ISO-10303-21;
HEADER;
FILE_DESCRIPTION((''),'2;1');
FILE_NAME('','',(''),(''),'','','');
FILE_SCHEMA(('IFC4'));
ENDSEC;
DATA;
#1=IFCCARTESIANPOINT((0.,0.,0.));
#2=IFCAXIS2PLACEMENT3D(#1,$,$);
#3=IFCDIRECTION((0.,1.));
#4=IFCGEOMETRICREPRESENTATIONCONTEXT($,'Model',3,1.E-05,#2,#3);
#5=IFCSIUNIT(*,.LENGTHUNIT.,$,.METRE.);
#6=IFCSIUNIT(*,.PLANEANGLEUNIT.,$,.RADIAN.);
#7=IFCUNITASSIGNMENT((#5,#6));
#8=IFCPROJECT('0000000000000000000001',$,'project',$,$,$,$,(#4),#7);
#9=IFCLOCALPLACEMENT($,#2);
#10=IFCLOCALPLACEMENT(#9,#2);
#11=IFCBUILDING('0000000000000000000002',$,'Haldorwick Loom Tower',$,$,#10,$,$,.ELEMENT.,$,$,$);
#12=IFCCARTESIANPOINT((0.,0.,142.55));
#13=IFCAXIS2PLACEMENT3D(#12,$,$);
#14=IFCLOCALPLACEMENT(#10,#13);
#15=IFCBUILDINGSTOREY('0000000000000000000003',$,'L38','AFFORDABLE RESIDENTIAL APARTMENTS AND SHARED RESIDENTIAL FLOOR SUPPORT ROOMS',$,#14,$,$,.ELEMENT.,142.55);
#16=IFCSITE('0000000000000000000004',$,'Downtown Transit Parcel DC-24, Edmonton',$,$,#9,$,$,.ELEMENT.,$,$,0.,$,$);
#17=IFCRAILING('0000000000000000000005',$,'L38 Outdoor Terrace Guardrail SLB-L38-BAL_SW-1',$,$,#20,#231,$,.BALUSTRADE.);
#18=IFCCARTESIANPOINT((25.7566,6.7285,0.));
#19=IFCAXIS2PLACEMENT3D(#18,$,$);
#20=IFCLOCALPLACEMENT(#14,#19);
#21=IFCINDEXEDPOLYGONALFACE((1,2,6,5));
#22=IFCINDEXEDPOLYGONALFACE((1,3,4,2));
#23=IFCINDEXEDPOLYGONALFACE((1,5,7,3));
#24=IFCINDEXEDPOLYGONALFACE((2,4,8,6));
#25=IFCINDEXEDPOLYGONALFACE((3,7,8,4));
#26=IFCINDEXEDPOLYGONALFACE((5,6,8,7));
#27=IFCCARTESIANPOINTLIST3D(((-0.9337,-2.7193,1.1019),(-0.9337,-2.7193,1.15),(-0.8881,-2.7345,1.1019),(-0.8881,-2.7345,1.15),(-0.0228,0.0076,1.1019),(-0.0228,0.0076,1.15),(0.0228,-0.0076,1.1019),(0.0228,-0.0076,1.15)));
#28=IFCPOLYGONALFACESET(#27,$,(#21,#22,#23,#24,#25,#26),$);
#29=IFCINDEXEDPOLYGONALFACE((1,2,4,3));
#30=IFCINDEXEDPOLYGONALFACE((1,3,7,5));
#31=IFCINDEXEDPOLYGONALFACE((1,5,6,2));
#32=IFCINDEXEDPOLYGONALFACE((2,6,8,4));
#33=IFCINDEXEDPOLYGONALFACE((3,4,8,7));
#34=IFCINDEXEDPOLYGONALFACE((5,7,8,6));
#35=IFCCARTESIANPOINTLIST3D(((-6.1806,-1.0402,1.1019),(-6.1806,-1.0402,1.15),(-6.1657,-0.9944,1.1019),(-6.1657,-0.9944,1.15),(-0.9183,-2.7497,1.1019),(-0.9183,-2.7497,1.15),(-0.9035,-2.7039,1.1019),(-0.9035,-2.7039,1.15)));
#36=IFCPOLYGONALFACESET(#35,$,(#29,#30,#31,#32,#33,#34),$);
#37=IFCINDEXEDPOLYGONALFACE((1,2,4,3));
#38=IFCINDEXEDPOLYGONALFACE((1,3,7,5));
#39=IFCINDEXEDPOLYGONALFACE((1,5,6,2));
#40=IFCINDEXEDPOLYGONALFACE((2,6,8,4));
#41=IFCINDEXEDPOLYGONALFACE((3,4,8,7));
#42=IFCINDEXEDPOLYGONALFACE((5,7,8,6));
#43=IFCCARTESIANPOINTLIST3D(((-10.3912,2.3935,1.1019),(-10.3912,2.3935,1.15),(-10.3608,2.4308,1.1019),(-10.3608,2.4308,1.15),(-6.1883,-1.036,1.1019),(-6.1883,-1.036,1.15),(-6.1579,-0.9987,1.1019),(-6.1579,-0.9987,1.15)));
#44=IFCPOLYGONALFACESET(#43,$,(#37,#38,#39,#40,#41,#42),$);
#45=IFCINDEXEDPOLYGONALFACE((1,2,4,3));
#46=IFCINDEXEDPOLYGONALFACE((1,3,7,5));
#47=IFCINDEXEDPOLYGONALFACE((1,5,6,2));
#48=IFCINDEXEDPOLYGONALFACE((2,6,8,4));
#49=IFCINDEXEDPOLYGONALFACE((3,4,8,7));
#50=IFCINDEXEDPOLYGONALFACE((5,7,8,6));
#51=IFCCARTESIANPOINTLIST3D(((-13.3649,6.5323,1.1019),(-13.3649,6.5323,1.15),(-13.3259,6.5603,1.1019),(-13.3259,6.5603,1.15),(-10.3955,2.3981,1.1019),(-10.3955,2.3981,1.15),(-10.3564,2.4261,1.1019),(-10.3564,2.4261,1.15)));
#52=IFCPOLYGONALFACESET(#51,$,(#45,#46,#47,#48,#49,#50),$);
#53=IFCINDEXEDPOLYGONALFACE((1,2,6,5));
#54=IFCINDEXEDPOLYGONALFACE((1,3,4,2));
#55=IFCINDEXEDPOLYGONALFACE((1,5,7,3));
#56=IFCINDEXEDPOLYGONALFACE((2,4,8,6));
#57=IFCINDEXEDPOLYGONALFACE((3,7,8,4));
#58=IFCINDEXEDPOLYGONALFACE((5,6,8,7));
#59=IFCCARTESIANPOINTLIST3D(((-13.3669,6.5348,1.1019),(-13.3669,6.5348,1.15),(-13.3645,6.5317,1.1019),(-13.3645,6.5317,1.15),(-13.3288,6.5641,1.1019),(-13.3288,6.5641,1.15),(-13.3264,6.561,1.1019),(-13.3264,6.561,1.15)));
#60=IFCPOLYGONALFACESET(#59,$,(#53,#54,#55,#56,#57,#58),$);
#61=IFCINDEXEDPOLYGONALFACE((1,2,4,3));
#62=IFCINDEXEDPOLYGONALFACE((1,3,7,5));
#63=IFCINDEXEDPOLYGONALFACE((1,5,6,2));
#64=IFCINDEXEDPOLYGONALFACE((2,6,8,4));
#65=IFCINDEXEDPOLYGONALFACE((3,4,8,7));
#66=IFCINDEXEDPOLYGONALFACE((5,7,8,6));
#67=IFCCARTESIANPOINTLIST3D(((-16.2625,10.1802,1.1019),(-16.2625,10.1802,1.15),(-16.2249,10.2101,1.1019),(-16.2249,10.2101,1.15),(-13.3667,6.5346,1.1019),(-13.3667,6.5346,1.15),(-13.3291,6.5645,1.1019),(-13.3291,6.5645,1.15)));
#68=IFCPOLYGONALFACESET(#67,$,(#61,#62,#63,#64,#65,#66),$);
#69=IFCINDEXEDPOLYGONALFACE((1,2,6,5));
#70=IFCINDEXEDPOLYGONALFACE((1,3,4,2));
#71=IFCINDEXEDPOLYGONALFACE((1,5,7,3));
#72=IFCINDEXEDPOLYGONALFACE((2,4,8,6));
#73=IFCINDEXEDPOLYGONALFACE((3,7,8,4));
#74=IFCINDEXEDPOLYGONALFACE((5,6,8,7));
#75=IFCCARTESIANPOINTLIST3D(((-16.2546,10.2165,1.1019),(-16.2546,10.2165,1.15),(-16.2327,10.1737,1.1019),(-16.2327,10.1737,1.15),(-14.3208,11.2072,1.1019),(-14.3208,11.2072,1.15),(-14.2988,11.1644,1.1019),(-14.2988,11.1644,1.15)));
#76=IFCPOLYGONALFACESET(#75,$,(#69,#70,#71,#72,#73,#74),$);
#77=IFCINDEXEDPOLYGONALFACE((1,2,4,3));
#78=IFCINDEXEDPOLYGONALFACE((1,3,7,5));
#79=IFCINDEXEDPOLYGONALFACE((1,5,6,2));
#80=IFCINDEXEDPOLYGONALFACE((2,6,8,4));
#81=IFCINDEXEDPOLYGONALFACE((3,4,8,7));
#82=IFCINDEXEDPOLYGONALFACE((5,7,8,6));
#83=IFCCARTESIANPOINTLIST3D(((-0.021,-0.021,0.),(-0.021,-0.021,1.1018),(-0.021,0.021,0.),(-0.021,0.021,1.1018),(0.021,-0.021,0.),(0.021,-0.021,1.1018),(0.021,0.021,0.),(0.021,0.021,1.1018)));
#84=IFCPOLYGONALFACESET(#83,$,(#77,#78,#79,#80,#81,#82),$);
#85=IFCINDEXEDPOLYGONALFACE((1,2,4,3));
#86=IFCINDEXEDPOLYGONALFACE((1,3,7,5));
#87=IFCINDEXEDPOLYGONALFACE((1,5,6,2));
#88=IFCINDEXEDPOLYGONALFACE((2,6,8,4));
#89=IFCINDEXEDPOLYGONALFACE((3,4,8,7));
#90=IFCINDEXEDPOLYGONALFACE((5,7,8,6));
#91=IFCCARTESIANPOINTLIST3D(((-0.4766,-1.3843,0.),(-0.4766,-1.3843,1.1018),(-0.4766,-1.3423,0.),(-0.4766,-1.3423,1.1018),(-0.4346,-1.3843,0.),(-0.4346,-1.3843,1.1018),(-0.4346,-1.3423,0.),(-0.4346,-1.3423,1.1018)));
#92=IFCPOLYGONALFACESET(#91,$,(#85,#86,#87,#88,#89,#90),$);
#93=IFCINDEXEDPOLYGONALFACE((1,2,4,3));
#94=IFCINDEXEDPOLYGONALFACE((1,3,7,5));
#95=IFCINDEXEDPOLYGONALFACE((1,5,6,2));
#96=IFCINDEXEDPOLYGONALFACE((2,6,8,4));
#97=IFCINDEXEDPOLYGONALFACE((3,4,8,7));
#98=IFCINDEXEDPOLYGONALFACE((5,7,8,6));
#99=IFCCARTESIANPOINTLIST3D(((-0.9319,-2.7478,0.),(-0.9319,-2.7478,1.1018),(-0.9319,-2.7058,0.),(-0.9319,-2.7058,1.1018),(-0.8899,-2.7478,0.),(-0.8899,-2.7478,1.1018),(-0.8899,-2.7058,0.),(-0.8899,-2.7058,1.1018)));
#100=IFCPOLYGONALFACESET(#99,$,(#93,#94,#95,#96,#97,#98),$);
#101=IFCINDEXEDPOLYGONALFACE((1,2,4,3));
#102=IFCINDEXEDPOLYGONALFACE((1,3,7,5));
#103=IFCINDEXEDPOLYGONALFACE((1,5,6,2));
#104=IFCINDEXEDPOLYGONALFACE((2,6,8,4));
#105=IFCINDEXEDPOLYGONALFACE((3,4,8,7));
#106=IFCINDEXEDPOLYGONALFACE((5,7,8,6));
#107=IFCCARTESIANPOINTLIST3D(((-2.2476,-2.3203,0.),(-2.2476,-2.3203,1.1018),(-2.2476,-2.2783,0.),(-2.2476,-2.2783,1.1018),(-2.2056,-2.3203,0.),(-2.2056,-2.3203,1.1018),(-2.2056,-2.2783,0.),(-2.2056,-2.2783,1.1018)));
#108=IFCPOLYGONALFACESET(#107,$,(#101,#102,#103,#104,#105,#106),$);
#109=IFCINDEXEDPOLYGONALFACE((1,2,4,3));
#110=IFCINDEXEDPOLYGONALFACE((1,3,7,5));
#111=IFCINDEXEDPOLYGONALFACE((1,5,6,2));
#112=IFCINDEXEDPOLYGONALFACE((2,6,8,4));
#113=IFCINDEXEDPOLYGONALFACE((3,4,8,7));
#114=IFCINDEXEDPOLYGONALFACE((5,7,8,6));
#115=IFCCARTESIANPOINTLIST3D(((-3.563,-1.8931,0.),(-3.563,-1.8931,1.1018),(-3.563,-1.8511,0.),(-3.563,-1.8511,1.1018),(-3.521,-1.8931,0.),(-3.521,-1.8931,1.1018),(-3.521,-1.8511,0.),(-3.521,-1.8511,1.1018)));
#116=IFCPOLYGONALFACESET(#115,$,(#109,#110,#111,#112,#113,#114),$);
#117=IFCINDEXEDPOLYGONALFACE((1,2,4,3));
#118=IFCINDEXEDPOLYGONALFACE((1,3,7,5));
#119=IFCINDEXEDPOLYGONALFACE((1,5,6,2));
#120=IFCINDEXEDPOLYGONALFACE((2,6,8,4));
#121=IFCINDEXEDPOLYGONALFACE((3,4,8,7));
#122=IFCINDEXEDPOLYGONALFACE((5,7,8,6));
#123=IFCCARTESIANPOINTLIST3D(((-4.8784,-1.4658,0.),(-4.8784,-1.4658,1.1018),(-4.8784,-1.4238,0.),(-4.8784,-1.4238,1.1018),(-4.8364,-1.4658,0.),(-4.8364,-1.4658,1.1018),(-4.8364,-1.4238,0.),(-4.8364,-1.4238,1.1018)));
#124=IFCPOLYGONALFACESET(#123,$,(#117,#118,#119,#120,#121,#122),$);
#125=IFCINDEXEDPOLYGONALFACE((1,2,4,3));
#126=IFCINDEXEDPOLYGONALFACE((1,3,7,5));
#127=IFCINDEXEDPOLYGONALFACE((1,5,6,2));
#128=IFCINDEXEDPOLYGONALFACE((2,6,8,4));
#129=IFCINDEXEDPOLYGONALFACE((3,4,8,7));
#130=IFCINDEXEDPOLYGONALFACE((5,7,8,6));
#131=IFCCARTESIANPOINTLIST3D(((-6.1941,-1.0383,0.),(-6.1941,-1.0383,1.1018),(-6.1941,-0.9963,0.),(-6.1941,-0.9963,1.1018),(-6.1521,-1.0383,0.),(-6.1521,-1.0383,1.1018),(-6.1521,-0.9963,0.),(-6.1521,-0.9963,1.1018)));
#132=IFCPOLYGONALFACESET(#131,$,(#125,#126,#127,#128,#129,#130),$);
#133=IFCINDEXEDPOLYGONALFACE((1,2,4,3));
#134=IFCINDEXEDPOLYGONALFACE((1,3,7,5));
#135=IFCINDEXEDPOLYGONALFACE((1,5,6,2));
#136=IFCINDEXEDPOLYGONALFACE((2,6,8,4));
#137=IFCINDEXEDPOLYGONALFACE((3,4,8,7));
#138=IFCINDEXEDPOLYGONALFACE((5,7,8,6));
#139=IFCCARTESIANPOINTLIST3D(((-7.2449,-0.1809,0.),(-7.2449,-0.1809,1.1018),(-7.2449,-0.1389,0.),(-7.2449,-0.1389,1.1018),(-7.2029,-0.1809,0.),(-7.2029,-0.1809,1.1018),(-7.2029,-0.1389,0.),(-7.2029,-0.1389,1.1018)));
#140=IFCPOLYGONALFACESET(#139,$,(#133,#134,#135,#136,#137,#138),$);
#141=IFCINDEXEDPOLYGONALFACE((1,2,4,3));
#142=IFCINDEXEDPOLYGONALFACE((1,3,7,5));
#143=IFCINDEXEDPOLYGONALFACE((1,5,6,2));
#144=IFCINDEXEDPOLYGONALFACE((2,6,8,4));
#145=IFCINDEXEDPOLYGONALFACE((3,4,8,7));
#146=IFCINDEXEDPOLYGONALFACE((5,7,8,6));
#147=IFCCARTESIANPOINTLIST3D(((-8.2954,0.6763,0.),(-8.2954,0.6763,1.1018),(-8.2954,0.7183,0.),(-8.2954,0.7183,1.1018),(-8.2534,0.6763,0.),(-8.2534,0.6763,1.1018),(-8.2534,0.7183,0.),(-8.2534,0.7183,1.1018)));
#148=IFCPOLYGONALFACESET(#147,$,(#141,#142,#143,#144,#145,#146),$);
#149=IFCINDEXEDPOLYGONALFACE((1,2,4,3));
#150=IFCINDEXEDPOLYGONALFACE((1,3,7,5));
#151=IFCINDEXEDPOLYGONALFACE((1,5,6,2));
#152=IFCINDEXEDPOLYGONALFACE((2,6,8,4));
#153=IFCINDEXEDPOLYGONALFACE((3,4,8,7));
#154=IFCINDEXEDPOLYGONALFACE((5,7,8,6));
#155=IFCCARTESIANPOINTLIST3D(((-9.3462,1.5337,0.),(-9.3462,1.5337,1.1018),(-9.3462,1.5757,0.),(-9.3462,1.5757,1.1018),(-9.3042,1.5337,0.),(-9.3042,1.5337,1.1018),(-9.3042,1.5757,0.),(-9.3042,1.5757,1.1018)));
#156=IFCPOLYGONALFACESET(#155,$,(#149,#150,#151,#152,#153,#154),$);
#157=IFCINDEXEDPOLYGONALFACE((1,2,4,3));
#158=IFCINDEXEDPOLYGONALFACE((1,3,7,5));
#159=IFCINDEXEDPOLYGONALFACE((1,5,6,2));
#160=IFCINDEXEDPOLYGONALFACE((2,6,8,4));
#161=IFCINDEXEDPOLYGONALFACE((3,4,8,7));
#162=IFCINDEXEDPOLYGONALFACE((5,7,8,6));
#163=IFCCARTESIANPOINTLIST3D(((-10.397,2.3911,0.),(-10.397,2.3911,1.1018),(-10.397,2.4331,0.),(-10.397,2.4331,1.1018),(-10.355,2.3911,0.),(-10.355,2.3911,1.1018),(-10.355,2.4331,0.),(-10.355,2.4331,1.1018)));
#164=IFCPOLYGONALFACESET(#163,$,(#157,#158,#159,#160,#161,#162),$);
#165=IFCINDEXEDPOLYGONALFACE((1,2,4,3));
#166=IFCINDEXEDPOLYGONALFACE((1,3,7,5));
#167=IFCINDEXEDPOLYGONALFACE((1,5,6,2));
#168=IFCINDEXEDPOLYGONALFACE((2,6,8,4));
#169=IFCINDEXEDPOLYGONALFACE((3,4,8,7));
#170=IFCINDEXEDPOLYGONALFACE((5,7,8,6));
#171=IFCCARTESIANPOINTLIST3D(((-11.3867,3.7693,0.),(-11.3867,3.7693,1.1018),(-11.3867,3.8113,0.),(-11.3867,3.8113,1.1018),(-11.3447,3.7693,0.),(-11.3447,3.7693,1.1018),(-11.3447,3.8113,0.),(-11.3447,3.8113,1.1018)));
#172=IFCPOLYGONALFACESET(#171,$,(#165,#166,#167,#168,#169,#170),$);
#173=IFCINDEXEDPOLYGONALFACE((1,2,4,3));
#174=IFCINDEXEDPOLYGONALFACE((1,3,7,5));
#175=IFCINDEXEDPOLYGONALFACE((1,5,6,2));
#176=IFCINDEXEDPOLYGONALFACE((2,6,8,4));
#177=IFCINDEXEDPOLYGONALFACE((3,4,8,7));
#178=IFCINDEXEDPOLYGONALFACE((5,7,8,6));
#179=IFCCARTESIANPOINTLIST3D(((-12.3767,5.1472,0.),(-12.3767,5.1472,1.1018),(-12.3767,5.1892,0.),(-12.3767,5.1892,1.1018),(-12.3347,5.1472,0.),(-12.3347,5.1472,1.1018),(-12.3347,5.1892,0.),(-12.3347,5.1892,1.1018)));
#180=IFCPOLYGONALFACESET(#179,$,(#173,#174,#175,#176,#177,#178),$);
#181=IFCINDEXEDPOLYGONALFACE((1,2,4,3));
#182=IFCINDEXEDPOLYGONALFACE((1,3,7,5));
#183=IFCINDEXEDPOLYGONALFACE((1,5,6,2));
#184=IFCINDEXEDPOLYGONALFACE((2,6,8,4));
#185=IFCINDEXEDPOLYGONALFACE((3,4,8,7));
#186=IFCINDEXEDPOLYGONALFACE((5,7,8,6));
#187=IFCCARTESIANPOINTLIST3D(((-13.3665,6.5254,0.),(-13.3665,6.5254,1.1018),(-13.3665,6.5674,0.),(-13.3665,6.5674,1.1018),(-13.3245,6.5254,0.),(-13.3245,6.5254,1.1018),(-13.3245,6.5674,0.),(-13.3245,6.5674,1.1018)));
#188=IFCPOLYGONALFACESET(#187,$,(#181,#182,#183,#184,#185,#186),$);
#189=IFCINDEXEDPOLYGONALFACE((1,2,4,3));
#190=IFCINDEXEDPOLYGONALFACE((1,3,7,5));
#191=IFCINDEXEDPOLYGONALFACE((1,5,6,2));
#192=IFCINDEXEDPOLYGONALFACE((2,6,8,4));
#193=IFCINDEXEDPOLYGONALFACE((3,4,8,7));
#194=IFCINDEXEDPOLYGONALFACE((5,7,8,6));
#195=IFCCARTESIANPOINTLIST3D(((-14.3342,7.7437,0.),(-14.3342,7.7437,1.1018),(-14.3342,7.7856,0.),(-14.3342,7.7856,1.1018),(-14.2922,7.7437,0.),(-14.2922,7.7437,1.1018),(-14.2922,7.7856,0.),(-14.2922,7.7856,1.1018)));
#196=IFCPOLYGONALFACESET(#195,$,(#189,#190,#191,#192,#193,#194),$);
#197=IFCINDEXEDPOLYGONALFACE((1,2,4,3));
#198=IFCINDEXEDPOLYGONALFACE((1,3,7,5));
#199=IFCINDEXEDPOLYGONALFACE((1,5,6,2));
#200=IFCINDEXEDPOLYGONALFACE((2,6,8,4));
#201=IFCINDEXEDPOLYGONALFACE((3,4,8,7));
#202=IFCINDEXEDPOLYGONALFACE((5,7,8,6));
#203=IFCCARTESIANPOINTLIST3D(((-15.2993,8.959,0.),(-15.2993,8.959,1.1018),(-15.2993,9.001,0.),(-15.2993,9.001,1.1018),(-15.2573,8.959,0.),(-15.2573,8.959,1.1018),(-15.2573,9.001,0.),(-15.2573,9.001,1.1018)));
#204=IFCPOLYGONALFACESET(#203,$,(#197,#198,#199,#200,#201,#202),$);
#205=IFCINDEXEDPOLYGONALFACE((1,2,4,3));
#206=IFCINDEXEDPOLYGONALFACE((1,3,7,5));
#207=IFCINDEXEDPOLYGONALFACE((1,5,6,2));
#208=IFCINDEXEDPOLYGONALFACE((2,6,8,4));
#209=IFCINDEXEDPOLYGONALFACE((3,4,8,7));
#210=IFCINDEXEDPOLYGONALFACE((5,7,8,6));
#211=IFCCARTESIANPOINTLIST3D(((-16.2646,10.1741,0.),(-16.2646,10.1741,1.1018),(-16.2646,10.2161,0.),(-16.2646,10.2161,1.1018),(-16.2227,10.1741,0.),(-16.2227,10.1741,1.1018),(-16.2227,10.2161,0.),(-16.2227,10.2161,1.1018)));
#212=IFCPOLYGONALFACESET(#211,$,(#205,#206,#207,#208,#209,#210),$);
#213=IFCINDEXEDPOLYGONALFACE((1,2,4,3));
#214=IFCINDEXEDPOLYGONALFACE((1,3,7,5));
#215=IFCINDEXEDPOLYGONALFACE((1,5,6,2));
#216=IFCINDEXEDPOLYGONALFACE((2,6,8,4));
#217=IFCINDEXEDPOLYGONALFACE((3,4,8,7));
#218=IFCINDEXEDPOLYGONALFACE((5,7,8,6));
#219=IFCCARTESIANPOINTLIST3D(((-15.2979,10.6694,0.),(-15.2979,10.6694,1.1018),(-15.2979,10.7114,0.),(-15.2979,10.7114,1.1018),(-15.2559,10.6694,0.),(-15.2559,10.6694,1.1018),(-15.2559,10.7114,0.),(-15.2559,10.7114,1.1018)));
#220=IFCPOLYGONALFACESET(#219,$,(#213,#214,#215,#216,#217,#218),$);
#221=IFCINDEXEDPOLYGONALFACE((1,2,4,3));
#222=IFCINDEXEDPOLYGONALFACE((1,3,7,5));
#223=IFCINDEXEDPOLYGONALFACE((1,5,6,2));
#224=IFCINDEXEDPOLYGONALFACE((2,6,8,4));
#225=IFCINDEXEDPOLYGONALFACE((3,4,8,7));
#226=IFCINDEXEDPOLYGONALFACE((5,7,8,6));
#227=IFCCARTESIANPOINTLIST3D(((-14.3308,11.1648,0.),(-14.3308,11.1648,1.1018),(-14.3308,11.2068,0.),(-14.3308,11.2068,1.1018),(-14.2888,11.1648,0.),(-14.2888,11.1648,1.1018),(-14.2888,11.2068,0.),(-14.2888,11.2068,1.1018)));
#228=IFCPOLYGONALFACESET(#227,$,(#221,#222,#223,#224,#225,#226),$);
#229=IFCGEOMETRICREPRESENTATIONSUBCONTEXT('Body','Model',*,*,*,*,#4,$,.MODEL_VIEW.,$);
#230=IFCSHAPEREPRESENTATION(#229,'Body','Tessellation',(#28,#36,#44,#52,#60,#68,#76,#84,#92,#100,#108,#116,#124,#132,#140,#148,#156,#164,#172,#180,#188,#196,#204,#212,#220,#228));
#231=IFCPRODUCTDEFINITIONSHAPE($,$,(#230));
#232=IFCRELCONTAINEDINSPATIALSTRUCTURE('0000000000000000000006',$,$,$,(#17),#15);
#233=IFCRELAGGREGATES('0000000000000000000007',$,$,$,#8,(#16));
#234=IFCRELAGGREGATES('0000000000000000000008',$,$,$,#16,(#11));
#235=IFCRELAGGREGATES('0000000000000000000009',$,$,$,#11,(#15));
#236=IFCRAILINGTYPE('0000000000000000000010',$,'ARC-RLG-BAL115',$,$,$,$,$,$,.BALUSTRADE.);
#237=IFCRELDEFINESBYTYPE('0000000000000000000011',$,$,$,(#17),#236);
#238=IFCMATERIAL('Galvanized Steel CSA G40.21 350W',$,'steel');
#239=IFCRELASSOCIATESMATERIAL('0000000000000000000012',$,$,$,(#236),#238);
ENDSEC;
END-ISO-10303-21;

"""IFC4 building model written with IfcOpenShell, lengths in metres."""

from ifc_helpers import new_model, si_unit, direction, frame, origin, origin_2d, place, context, subcontext, project, spatial, rectangle, extrude, material, type_object, element, save


model = new_model("IFC4")

# Units and contexts
model_context = context("Model", 3, precision=1e-05, world=origin(), true_north=direction((0.0, 1.0)))
body_context = subcontext(model_context, "Body", "Model", "MODEL_VIEW")
ifc_project = project(units=[si_unit("LENGTHUNIT", "METRE"), si_unit("PLANEANGLEUNIT", "RADIAN")], contexts=[model_context])

# Site, building, storey
site_placement = place(None, origin())
site = spatial("IfcSite", under=ifc_project, at=site_placement, Name="Downtown Transit Parcel DC-24, Edmonton", CompositionType="ELEMENT", RefElevation=0.0)
building_placement = place(site_placement, origin())
building = spatial("IfcBuilding", under=site, at=building_placement, Name="Haldorwick Loom Tower", CompositionType="ELEMENT")
storey_placement = place(building_placement, frame((0.0, 0.0, 142.55)))
storey = spatial("IfcBuildingStorey", under=building, at=storey_placement, Name="L38", Description="AFFORDABLE RESIDENTIAL APARTMENTS AND SHARED RESIDENTIAL FLOOR SUPPORT ROOMS", CompositionType="ELEMENT", Elevation=142.55)

# Railing
ifc_material_1 = material(Name="Galvanized Steel CSA G40.21 350W", Category="steel")
railing_type = type_object("IfcRailingType", Name="ARC-RLG-BAL115", PredefinedType="BALUSTRADE", material=ifc_material_1)
railing_placement = place(storey_placement, frame((25.7566, 6.7285, 0.0)))
element("IfcRailing", 1, at=railing_placement, inside=storey, type_object=railing_type, Name="L38 Outdoor Terrace Guardrail SLB-L38-BAL_SW-1", PredefinedType="BALUSTRADE", context=body_context, shape_type="SweptSolid", body=[
    extrude(rectangle(XDim=0.0481, YDim=0.0481, at=origin_2d()), frame((0.0, 0.0, 1.126), z_axis=(-0.316839, -0.948479, 0.0), x_axis=(0.948479, -0.316839, 0.0)), (0.0, 0.0, 1.0), 2.875),
    extrude(rectangle(XDim=0.0481, YDim=0.0481, at=origin_2d()), frame((-0.9109, -2.7268, 1.126), z_axis=(-0.951074, 0.308964, 0.0), x_axis=(-0.308964, -0.951074, 0.0)), (0.0, 0.0, 1.0), 5.533),
    extrude(rectangle(XDim=0.0481, YDim=0.0481, at=origin_2d()), frame((-6.1731, -1.0173, 1.126), z_axis=(-0.774795, 0.632213, 0.0), x_axis=(-0.632213, -0.774795, 0.0)), (0.0, 0.0, 1.0), 5.4246),
    extrude(rectangle(XDim=0.0481, YDim=0.0481, at=origin_2d()), frame((-10.376, 2.4121, 1.126), z_axis=(-0.583373, 0.812204, 0.0), x_axis=(-0.812204, -0.583373, 0.0)), (0.0, 0.0, 1.0), 5.0901),
    extrude(rectangle(XDim=0.0481, YDim=0.0481, at=origin_2d()), frame((-13.3455, 6.5464, 1.126), z_axis=(-0.609711, 0.792624, 0.0), x_axis=(-0.792624, -0.609711, 0.0)), (0.0, 0.0, 1.0), 0.0039),
    extrude(rectangle(XDim=0.0481, YDim=0.0481, at=origin_2d()), frame((-13.3479, 6.5496, 1.126), z_axis=(-0.621986, 0.783028, 0.0), x_axis=(-0.783028, -0.621986, 0.0)), (0.0, 0.0, 1.0), 4.6558),
    extrude(rectangle(XDim=0.0481, YDim=0.0481, at=origin_2d()), frame((-16.2437, 10.1951, 1.126), z_axis=(0.890002, 0.455956, 0.0), x_axis=(-0.455956, 0.890002, 0.0)), (0.0, 0.0, 1.0), 2.1729),
    extrude(rectangle(XDim=0.042, YDim=0.042, at=origin_2d()), origin(), (0.0, 0.0, 1.0), 1.1018),
    extrude(rectangle(XDim=0.042, YDim=0.042, at=origin_2d()), frame((-0.4556, -1.3633, 0.0)), (0.0, 0.0, 1.0), 1.1018),
    extrude(rectangle(XDim=0.042, YDim=0.042, at=origin_2d()), frame((-0.9109, -2.7268, 0.0)), (0.0, 0.0, 1.0), 1.1018),
    extrude(rectangle(XDim=0.042, YDim=0.042, at=origin_2d()), frame((-2.2266, -2.2993, 0.0)), (0.0, 0.0, 1.0), 1.1018),
    extrude(rectangle(XDim=0.042, YDim=0.042, at=origin_2d()), frame((-3.542, -1.8721, 0.0)), (0.0, 0.0, 1.0), 1.1018),
    extrude(rectangle(XDim=0.042, YDim=0.042, at=origin_2d()), frame((-4.8574, -1.4448, 0.0)), (0.0, 0.0, 1.0), 1.1018),
    extrude(rectangle(XDim=0.042, YDim=0.042, at=origin_2d()), frame((-6.1731, -1.0173, 0.0)), (0.0, 0.0, 1.0), 1.1018),
    extrude(rectangle(XDim=0.042, YDim=0.042, at=origin_2d()), frame((-7.2239, -0.1599, 0.0)), (0.0, 0.0, 1.0), 1.1018),
    extrude(rectangle(XDim=0.042, YDim=0.042, at=origin_2d()), frame((-8.2744, 0.6973, 0.0)), (0.0, 0.0, 1.0), 1.1018),
    extrude(rectangle(XDim=0.042, YDim=0.042, at=origin_2d()), frame((-9.3252, 1.5547, 0.0)), (0.0, 0.0, 1.0), 1.1018),
    extrude(rectangle(XDim=0.042, YDim=0.042, at=origin_2d()), frame((-10.376, 2.4121, 0.0)), (0.0, 0.0, 1.0), 1.1018),
    extrude(rectangle(XDim=0.042, YDim=0.042, at=origin_2d()), frame((-11.3657, 3.7903, 0.0)), (0.0, 0.0, 1.0), 1.1018),
    extrude(rectangle(XDim=0.042, YDim=0.042, at=origin_2d()), frame((-12.3557, 5.1682, 0.0)), (0.0, 0.0, 1.0), 1.1018),
    extrude(rectangle(XDim=0.042, YDim=0.042, at=origin_2d()), frame((-13.3455, 6.5464, 0.0)), (0.0, 0.0, 1.0), 1.1018),
    extrude(rectangle(XDim=0.042, YDim=0.042, at=origin_2d()), frame((-14.3132, 7.7646, 0.0)), (0.0, 0.0, 1.0), 1.1018),
    extrude(rectangle(XDim=0.042, YDim=0.042, at=origin_2d()), frame((-15.2783, 8.98, 0.0)), (0.0, 0.0, 1.0), 1.1018),
    extrude(rectangle(XDim=0.042, YDim=0.042, at=origin_2d()), frame((-16.2437, 10.1951, 0.0)), (0.0, 0.0, 1.0), 1.1018),
    extrude(rectangle(XDim=0.042, YDim=0.042, at=origin_2d()), frame((-15.2769, 10.6904, 0.0)), (0.0, 0.0, 1.0), 1.1018),
    extrude(rectangle(XDim=0.042, YDim=0.042, at=origin_2d()), frame((-14.3098, 11.1858, 0.0)), (0.0, 0.0, 1.0), 1.1018),
])

save(model, "model.ifc")
